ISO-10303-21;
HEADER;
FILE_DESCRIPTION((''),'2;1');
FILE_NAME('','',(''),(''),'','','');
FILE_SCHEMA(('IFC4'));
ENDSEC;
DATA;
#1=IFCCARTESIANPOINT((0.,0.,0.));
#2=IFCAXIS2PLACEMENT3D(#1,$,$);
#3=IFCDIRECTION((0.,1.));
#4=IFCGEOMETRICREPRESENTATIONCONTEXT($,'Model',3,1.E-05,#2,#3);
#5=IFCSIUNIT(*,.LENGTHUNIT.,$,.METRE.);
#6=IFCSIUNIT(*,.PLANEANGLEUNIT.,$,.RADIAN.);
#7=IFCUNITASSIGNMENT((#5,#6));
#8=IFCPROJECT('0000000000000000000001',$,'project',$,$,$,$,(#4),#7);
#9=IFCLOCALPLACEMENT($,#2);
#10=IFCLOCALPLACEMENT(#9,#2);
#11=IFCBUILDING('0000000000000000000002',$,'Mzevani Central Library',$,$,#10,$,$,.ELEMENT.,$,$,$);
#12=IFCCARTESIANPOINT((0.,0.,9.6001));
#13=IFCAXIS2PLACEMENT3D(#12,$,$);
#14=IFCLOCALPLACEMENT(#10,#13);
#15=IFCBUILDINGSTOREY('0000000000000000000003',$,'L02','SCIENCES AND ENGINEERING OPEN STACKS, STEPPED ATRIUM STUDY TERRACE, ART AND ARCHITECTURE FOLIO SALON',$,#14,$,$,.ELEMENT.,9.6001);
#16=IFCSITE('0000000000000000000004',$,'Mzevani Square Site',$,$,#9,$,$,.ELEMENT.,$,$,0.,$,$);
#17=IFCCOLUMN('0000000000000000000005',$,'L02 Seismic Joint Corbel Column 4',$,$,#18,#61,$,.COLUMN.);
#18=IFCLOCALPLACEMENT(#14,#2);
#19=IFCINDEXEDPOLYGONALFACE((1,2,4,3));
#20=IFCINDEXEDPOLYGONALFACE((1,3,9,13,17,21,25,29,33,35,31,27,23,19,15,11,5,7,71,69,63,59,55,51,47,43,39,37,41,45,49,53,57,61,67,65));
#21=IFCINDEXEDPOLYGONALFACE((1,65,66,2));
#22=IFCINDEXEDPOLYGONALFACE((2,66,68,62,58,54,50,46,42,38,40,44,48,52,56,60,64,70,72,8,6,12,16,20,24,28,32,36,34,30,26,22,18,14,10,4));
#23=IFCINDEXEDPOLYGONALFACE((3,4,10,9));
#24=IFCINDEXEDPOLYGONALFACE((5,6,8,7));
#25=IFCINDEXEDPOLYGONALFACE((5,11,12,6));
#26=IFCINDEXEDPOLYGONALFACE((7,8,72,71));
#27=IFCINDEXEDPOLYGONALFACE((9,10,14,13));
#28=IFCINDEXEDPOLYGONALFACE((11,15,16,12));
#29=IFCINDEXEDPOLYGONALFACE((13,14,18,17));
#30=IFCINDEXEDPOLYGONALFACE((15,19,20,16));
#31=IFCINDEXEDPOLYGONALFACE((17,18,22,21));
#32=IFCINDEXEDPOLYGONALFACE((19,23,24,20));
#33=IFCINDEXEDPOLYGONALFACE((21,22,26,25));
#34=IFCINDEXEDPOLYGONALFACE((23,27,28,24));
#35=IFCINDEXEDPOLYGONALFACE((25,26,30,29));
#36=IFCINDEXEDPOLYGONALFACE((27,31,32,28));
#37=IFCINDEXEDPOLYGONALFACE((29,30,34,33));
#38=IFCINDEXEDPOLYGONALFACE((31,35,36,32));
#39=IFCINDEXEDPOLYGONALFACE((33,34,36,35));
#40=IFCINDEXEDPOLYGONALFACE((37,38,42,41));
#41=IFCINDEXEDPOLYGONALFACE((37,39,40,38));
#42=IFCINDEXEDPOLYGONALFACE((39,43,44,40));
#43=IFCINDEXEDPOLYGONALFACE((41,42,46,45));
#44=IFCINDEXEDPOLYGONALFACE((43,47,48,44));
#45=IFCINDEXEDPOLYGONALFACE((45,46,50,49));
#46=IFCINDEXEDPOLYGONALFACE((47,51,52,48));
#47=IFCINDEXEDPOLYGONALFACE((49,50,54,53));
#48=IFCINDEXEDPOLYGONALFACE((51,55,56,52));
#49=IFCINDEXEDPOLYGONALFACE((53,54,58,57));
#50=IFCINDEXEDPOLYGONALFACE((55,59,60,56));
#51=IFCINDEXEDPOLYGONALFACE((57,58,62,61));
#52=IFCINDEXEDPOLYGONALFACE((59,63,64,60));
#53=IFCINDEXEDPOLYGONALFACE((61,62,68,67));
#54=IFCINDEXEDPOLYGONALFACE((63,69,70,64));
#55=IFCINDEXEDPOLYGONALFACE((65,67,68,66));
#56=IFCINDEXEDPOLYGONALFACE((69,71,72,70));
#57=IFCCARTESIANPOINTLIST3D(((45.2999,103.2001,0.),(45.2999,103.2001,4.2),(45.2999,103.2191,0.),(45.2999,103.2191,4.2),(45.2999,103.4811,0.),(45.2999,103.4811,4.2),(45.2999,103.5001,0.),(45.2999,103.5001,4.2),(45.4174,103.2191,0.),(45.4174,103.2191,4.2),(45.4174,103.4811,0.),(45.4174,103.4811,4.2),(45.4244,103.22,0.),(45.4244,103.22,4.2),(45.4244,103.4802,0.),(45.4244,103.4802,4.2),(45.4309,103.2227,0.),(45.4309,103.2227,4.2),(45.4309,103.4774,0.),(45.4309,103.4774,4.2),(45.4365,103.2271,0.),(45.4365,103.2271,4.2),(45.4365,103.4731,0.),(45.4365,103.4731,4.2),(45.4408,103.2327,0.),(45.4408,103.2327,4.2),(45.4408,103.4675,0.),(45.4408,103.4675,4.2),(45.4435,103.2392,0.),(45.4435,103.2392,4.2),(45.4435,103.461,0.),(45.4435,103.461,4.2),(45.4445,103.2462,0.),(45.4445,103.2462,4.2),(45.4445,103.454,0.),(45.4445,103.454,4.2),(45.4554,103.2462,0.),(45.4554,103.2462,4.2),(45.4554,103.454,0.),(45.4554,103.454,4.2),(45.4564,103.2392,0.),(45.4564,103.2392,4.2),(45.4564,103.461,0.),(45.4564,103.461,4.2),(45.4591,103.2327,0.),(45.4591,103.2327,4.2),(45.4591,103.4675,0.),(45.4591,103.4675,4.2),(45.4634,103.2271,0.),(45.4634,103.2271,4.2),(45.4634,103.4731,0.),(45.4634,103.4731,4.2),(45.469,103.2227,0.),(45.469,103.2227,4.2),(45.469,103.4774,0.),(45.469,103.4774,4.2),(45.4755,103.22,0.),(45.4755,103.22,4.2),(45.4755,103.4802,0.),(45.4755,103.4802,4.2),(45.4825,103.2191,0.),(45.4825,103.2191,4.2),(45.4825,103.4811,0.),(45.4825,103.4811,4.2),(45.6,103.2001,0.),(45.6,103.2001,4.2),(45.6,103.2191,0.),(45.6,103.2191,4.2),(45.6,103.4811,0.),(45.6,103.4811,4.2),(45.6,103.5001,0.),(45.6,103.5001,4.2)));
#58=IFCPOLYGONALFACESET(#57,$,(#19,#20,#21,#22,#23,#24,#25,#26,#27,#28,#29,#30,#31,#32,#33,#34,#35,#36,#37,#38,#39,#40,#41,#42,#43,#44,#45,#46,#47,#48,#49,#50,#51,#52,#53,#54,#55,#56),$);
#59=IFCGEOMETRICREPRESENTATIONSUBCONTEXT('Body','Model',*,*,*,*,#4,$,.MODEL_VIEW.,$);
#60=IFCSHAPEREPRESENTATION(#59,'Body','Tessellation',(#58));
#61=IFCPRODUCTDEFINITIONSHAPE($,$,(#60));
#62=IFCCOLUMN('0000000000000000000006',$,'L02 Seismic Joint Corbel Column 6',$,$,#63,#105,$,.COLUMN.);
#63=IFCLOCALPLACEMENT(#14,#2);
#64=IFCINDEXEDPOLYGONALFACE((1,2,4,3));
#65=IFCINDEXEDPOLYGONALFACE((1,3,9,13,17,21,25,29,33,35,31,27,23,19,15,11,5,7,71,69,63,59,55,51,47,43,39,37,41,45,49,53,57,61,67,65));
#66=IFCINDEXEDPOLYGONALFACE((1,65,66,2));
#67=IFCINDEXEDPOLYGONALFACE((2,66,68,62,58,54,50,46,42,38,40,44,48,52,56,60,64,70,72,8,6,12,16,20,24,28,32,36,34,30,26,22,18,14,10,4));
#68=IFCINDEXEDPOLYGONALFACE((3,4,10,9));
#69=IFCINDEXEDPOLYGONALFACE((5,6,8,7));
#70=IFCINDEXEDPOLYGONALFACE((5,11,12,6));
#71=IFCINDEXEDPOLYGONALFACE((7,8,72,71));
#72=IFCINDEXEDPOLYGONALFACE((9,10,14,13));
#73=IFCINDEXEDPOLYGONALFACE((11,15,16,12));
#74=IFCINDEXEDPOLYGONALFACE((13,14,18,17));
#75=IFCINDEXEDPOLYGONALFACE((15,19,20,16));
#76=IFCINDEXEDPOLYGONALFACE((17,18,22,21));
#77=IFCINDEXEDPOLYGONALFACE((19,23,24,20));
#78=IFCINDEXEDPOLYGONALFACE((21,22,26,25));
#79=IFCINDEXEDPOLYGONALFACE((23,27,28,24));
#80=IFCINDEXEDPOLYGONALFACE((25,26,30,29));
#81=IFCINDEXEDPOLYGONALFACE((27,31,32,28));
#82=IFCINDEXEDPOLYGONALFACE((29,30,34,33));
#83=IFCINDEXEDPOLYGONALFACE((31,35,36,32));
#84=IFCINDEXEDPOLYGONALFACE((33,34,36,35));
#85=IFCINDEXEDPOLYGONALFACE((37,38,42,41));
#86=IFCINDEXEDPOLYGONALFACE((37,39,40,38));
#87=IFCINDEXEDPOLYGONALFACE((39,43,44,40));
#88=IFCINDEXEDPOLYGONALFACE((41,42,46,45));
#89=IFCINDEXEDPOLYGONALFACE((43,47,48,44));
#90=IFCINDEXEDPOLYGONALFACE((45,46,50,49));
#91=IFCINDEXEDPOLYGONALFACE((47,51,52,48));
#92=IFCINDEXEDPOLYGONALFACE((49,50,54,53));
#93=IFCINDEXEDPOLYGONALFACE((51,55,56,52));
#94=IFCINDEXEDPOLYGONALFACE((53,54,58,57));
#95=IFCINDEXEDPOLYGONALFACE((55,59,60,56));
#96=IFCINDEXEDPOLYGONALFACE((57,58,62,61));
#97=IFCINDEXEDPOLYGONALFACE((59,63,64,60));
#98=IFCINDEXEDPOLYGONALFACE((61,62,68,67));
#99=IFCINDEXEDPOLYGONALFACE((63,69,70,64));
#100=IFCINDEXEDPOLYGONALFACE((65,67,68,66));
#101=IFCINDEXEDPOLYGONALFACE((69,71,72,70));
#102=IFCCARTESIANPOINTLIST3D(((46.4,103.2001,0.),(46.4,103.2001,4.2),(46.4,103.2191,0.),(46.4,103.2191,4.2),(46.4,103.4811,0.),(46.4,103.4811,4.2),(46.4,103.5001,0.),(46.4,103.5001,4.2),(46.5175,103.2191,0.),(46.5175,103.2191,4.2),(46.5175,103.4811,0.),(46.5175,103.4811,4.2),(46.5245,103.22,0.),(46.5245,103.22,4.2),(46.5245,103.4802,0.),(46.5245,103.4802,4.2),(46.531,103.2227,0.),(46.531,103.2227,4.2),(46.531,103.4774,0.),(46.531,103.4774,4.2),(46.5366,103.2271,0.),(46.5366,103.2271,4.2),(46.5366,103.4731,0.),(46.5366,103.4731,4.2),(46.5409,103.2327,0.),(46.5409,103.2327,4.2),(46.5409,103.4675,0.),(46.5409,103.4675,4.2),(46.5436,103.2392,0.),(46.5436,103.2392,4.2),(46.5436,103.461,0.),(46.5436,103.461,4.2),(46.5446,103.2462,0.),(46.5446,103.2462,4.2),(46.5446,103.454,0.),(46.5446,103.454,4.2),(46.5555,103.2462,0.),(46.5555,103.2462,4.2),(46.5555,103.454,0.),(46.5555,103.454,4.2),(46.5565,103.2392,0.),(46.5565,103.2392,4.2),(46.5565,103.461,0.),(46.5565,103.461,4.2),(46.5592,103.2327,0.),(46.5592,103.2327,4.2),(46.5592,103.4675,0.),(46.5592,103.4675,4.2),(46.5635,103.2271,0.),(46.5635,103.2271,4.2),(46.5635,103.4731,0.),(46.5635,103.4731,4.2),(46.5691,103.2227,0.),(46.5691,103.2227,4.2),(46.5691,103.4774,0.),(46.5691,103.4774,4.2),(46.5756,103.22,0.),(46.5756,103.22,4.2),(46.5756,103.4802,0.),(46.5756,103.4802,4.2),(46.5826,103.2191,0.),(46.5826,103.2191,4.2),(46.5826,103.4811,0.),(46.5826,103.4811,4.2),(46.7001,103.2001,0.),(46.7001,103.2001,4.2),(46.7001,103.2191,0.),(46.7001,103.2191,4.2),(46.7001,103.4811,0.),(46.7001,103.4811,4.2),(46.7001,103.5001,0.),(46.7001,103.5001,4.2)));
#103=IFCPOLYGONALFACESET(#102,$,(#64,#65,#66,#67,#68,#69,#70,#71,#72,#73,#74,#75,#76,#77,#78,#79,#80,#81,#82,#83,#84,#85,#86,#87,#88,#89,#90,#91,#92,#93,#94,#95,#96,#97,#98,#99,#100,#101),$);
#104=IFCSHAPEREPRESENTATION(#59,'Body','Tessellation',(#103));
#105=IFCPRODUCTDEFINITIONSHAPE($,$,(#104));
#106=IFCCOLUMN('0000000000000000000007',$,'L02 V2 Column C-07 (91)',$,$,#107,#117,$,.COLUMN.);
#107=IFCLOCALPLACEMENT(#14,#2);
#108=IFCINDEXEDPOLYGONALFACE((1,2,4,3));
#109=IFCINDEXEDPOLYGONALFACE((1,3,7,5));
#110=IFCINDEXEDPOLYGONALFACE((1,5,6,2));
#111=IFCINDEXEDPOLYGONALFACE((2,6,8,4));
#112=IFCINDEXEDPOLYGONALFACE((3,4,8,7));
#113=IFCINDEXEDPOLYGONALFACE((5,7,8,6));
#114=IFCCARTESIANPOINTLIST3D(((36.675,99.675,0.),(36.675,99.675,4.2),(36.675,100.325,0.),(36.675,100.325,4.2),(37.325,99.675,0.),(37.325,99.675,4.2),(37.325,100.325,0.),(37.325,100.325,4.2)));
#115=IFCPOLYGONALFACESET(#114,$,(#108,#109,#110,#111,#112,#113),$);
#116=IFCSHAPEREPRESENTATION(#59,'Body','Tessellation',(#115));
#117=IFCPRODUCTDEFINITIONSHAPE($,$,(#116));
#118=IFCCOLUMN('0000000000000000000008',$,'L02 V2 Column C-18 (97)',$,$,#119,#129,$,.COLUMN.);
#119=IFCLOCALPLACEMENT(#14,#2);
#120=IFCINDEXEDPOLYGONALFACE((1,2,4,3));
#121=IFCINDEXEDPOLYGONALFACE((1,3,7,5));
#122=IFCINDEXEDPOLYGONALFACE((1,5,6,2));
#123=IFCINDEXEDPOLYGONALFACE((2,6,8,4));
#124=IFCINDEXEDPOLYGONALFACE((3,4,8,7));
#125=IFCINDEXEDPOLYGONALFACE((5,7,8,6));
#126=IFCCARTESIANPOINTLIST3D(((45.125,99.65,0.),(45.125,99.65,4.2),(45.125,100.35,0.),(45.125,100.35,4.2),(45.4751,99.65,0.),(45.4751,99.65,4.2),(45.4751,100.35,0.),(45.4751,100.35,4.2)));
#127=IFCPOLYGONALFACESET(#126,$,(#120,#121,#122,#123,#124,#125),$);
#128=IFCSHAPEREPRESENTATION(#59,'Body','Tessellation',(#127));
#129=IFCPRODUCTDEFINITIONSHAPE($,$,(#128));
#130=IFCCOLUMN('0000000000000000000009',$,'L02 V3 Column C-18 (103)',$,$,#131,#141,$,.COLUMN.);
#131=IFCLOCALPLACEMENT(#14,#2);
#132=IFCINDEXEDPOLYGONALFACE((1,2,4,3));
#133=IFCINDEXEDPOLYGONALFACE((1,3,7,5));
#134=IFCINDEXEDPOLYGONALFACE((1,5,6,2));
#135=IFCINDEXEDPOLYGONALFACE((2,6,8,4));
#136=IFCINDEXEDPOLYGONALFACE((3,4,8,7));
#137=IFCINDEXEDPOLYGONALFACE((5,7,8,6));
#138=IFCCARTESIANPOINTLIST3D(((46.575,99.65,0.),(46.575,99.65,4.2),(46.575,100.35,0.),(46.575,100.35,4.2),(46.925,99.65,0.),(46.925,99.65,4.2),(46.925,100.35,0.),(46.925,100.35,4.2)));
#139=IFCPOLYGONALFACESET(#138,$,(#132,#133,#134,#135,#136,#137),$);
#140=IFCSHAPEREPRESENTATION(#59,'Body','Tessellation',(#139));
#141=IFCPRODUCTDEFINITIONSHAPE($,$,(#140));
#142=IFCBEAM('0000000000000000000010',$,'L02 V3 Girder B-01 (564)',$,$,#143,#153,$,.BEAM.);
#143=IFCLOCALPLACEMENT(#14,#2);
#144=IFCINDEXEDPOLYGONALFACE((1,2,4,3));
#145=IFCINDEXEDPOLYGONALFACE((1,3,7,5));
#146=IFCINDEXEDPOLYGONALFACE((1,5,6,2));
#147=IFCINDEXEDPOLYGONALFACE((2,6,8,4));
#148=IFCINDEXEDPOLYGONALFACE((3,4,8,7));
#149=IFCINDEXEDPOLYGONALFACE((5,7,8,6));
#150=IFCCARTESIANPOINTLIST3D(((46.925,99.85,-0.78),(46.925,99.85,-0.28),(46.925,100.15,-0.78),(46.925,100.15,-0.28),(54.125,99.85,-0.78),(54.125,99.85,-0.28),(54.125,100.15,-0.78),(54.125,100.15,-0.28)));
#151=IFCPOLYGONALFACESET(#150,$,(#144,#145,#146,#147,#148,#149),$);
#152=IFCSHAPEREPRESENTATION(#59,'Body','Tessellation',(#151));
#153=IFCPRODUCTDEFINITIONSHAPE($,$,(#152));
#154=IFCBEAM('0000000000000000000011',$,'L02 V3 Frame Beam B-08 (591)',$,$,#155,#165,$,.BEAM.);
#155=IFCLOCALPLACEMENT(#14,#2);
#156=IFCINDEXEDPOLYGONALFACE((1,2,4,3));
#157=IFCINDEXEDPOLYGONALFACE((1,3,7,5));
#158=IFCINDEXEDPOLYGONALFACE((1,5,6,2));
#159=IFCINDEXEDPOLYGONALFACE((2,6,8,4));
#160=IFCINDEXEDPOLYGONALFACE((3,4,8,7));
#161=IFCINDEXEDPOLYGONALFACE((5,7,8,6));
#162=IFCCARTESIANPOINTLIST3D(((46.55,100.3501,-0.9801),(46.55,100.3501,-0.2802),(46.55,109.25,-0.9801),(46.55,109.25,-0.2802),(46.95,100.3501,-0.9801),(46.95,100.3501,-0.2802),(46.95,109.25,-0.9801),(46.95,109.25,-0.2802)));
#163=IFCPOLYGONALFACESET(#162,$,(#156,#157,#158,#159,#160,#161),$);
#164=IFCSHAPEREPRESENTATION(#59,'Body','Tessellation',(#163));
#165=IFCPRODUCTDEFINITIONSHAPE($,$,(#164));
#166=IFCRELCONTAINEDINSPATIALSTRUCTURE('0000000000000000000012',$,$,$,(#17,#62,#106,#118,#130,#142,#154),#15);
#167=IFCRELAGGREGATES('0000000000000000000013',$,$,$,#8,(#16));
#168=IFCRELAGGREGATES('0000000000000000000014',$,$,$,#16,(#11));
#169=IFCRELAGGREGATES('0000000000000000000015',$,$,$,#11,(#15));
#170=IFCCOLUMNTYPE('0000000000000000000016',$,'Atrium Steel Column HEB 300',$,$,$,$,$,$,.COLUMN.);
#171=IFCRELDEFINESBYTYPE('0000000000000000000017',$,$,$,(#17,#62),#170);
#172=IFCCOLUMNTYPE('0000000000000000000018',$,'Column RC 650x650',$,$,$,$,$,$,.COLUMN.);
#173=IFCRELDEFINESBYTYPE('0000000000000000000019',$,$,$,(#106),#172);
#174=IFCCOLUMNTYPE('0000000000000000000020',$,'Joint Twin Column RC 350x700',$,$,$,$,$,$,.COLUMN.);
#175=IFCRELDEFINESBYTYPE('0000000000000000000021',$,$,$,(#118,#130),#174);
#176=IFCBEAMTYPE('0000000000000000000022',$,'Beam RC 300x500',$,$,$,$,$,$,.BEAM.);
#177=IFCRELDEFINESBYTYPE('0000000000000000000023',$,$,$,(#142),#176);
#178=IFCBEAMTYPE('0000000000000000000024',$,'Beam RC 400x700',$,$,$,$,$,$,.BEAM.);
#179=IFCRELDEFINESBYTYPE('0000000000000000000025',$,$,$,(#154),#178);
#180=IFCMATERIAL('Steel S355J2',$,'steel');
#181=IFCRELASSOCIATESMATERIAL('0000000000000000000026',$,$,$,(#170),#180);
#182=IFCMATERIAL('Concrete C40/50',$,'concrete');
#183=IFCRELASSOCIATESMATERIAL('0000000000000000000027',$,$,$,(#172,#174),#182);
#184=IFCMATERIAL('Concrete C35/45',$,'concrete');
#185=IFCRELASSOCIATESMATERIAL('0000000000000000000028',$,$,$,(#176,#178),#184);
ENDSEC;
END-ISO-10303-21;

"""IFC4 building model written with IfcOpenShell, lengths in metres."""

from ifc_helpers import new_model, si_unit, direction, frame, origin, origin_2d, place, context, subcontext, project, spatial, rectangle, i_section, extrude, material, material_profile, profile_set, type_object, element, save


model = new_model("IFC4")

# Units and contexts
model_context = context("Model", 3, precision=1e-05, world=origin(), true_north=direction((0.0, 1.0)))
body_context = subcontext(model_context, "Body", "Model", "MODEL_VIEW")
ifc_project = project(units=[si_unit("LENGTHUNIT", "METRE"), si_unit("PLANEANGLEUNIT", "RADIAN")], contexts=[model_context])

# Site, building, storey
site_placement = place(None, origin())
site = spatial("IfcSite", under=ifc_project, at=site_placement, Name="Mzevani Square Site", CompositionType="ELEMENT", RefElevation=0.0)
building_placement = place(site_placement, origin())
building = spatial("IfcBuilding", under=site, at=building_placement, Name="Mzevani Central Library", CompositionType="ELEMENT")
storey_placement = place(building_placement, frame((0.0, 0.0, 9.6001)))
storey = spatial("IfcBuildingStorey", under=building, at=storey_placement, Name="L02", Description="SCIENCES AND ENGINEERING OPEN STACKS, STEPPED ATRIUM STUDY TERRACE, ART AND ARCHITECTURE FOLIO SALON", CompositionType="ELEMENT", Elevation=9.6001)

# Columns
ifc_material_1 = material(Name="Steel S355J2", Category="steel")
ifc_material_profile_1 = material_profile(ifc_material_1, i_section(OverallWidth=0.3, OverallDepth=0.3, WebThickness=0.011, FlangeThickness=0.019, FilletRadius=0.0271, at=origin_2d()), Name="HEB 300")
ifc_profile_set_1 = profile_set([ifc_material_profile_1], Name="Steel S355J2")
column_type_1 = type_object("IfcColumnType", Name="Atrium Steel Column HEB 300", PredefinedType="COLUMN", material=ifc_profile_set_1)
for number, where, z_axis, x_axis, name in (
    (1, (45.45, 103.3501, 0.0), (0.0, 0.0, 1.0), (1.0, 0.0, 0.0), "L02 Seismic Joint Corbel Column 4"),
    (2, (46.55, 103.3501, 0.0), (0.0, 0.0, 1.0), (1.0, 0.0, 0.0), "L02 Seismic Joint Corbel Column 6"),
):
    element("IfcColumn", number, at=place(storey_placement, frame(where, z_axis=z_axis, x_axis=x_axis)), inside=storey, type_object=column_type_1, Name=name, PredefinedType="COLUMN", context=body_context, shape_type="SweptSolid", body=[
        extrude(i_section(OverallWidth=0.3, OverallDepth=0.3, WebThickness=0.011, FlangeThickness=0.019, FilletRadius=0.0271, at=origin_2d()), origin(), (0.0, 0.0, 1.0), 4.2),
    ])
ifc_material_2 = material(Name="Concrete C40/50", Category="concrete")
ifc_material_profile_2 = material_profile(ifc_material_2, rectangle(XDim=0.6499, YDim=0.6499, at=origin_2d()), Name="RC 650x650")
ifc_profile_set_2 = profile_set([ifc_material_profile_2], Name="Concrete C40/50")
column_type_2 = type_object("IfcColumnType", Name="Column RC 650x650", PredefinedType="COLUMN", material=ifc_profile_set_2)
column_placement = place(storey_placement, frame((37.0, 100.0, 0.0), z_axis=(0.0, 0.0, 1.0), x_axis=(1.0, 0.0, 0.0)))
element("IfcColumn", 3, at=column_placement, inside=storey, type_object=column_type_2, Name="L02 V2 Column C-07 (91)", PredefinedType="COLUMN", context=body_context, shape_type="SweptSolid", body=[
    extrude(rectangle(XDim=0.6499, YDim=0.6499, at=origin_2d()), origin(), (0.0, 0.0, 1.0), 4.2),
])
ifc_material_profile_3 = material_profile(ifc_material_2, rectangle(XDim=0.3501, YDim=0.7, at=origin_2d()), Name="RC 350x700")
ifc_profile_set_3 = profile_set([ifc_material_profile_3], Name="Concrete C40/50")
column_type_3 = type_object("IfcColumnType", Name="Joint Twin Column RC 350x700", PredefinedType="COLUMN", material=ifc_profile_set_3)
for number, where, z_axis, x_axis, name in (
    (4, (45.3, 100.0, 0.0), (0.0, 0.0, 1.0), (1.0, 0.0, 0.0), "L02 V2 Column C-18 (97)"),
    (5, (46.75, 100.0, 0.0), (0.0, 0.0, 1.0), (1.0, 0.0, 0.0), "L02 V3 Column C-18 (103)"),
):
    element("IfcColumn", number, at=place(storey_placement, frame(where, z_axis=z_axis, x_axis=x_axis)), inside=storey, type_object=column_type_3, Name=name, PredefinedType="COLUMN", context=body_context, shape_type="SweptSolid", body=[
        extrude(rectangle(XDim=0.3501, YDim=0.7, at=origin_2d()), origin(), (0.0, 0.0, 1.0), 4.2),
    ])

# Beams
ifc_material_3 = material(Name="Concrete C35/45", Category="concrete")
ifc_material_profile_4 = material_profile(ifc_material_3, rectangle(XDim=0.3, YDim=0.5, at=origin_2d()), Name="RC B300x500")
ifc_profile_set_4 = profile_set([ifc_material_profile_4], Name="Concrete C35/45")
beam_type_1 = type_object("IfcBeamType", Name="Beam RC 300x500", PredefinedType="BEAM", material=ifc_profile_set_4)
beam_1_placement = place(storey_placement, frame((46.925, 100.0, -0.53), z_axis=(1.0, 0.0, 0.0), x_axis=(0.0, 1.0, 0.0)))
element("IfcBeam", 6, at=beam_1_placement, inside=storey, type_object=beam_type_1, Name="L02 V3 Girder B-01 (564)", PredefinedType="BEAM", context=body_context, shape_type="SweptSolid", body=[
    extrude(rectangle(XDim=0.3, YDim=0.5, at=origin_2d()), origin(), (0.0, 0.0, 1.0), 7.2),
])
ifc_material_profile_5 = material_profile(ifc_material_3, rectangle(XDim=0.3999, YDim=0.7, at=origin_2d()), Name="RC B400x700")
ifc_profile_set_5 = profile_set([ifc_material_profile_5], Name="Concrete C35/45")
beam_type_2 = type_object("IfcBeamType", Name="Beam RC 400x700", PredefinedType="BEAM", material=ifc_profile_set_5)
beam_2_placement = place(storey_placement, frame((46.75, 100.3501, -0.6301), z_axis=(0.0, 1.0, 0.0), x_axis=(-1.0, 0.0, 0.0)))
element("IfcBeam", 7, at=beam_2_placement, inside=storey, type_object=beam_type_2, Name="L02 V3 Frame Beam B-08 (591)", PredefinedType="BEAM", context=body_context, shape_type="SweptSolid", body=[
    extrude(rectangle(XDim=0.3999, YDim=0.7, at=origin_2d()), origin(), (0.0, 0.0, 1.0), 8.8999),
])

save(model, "model.ifc")
